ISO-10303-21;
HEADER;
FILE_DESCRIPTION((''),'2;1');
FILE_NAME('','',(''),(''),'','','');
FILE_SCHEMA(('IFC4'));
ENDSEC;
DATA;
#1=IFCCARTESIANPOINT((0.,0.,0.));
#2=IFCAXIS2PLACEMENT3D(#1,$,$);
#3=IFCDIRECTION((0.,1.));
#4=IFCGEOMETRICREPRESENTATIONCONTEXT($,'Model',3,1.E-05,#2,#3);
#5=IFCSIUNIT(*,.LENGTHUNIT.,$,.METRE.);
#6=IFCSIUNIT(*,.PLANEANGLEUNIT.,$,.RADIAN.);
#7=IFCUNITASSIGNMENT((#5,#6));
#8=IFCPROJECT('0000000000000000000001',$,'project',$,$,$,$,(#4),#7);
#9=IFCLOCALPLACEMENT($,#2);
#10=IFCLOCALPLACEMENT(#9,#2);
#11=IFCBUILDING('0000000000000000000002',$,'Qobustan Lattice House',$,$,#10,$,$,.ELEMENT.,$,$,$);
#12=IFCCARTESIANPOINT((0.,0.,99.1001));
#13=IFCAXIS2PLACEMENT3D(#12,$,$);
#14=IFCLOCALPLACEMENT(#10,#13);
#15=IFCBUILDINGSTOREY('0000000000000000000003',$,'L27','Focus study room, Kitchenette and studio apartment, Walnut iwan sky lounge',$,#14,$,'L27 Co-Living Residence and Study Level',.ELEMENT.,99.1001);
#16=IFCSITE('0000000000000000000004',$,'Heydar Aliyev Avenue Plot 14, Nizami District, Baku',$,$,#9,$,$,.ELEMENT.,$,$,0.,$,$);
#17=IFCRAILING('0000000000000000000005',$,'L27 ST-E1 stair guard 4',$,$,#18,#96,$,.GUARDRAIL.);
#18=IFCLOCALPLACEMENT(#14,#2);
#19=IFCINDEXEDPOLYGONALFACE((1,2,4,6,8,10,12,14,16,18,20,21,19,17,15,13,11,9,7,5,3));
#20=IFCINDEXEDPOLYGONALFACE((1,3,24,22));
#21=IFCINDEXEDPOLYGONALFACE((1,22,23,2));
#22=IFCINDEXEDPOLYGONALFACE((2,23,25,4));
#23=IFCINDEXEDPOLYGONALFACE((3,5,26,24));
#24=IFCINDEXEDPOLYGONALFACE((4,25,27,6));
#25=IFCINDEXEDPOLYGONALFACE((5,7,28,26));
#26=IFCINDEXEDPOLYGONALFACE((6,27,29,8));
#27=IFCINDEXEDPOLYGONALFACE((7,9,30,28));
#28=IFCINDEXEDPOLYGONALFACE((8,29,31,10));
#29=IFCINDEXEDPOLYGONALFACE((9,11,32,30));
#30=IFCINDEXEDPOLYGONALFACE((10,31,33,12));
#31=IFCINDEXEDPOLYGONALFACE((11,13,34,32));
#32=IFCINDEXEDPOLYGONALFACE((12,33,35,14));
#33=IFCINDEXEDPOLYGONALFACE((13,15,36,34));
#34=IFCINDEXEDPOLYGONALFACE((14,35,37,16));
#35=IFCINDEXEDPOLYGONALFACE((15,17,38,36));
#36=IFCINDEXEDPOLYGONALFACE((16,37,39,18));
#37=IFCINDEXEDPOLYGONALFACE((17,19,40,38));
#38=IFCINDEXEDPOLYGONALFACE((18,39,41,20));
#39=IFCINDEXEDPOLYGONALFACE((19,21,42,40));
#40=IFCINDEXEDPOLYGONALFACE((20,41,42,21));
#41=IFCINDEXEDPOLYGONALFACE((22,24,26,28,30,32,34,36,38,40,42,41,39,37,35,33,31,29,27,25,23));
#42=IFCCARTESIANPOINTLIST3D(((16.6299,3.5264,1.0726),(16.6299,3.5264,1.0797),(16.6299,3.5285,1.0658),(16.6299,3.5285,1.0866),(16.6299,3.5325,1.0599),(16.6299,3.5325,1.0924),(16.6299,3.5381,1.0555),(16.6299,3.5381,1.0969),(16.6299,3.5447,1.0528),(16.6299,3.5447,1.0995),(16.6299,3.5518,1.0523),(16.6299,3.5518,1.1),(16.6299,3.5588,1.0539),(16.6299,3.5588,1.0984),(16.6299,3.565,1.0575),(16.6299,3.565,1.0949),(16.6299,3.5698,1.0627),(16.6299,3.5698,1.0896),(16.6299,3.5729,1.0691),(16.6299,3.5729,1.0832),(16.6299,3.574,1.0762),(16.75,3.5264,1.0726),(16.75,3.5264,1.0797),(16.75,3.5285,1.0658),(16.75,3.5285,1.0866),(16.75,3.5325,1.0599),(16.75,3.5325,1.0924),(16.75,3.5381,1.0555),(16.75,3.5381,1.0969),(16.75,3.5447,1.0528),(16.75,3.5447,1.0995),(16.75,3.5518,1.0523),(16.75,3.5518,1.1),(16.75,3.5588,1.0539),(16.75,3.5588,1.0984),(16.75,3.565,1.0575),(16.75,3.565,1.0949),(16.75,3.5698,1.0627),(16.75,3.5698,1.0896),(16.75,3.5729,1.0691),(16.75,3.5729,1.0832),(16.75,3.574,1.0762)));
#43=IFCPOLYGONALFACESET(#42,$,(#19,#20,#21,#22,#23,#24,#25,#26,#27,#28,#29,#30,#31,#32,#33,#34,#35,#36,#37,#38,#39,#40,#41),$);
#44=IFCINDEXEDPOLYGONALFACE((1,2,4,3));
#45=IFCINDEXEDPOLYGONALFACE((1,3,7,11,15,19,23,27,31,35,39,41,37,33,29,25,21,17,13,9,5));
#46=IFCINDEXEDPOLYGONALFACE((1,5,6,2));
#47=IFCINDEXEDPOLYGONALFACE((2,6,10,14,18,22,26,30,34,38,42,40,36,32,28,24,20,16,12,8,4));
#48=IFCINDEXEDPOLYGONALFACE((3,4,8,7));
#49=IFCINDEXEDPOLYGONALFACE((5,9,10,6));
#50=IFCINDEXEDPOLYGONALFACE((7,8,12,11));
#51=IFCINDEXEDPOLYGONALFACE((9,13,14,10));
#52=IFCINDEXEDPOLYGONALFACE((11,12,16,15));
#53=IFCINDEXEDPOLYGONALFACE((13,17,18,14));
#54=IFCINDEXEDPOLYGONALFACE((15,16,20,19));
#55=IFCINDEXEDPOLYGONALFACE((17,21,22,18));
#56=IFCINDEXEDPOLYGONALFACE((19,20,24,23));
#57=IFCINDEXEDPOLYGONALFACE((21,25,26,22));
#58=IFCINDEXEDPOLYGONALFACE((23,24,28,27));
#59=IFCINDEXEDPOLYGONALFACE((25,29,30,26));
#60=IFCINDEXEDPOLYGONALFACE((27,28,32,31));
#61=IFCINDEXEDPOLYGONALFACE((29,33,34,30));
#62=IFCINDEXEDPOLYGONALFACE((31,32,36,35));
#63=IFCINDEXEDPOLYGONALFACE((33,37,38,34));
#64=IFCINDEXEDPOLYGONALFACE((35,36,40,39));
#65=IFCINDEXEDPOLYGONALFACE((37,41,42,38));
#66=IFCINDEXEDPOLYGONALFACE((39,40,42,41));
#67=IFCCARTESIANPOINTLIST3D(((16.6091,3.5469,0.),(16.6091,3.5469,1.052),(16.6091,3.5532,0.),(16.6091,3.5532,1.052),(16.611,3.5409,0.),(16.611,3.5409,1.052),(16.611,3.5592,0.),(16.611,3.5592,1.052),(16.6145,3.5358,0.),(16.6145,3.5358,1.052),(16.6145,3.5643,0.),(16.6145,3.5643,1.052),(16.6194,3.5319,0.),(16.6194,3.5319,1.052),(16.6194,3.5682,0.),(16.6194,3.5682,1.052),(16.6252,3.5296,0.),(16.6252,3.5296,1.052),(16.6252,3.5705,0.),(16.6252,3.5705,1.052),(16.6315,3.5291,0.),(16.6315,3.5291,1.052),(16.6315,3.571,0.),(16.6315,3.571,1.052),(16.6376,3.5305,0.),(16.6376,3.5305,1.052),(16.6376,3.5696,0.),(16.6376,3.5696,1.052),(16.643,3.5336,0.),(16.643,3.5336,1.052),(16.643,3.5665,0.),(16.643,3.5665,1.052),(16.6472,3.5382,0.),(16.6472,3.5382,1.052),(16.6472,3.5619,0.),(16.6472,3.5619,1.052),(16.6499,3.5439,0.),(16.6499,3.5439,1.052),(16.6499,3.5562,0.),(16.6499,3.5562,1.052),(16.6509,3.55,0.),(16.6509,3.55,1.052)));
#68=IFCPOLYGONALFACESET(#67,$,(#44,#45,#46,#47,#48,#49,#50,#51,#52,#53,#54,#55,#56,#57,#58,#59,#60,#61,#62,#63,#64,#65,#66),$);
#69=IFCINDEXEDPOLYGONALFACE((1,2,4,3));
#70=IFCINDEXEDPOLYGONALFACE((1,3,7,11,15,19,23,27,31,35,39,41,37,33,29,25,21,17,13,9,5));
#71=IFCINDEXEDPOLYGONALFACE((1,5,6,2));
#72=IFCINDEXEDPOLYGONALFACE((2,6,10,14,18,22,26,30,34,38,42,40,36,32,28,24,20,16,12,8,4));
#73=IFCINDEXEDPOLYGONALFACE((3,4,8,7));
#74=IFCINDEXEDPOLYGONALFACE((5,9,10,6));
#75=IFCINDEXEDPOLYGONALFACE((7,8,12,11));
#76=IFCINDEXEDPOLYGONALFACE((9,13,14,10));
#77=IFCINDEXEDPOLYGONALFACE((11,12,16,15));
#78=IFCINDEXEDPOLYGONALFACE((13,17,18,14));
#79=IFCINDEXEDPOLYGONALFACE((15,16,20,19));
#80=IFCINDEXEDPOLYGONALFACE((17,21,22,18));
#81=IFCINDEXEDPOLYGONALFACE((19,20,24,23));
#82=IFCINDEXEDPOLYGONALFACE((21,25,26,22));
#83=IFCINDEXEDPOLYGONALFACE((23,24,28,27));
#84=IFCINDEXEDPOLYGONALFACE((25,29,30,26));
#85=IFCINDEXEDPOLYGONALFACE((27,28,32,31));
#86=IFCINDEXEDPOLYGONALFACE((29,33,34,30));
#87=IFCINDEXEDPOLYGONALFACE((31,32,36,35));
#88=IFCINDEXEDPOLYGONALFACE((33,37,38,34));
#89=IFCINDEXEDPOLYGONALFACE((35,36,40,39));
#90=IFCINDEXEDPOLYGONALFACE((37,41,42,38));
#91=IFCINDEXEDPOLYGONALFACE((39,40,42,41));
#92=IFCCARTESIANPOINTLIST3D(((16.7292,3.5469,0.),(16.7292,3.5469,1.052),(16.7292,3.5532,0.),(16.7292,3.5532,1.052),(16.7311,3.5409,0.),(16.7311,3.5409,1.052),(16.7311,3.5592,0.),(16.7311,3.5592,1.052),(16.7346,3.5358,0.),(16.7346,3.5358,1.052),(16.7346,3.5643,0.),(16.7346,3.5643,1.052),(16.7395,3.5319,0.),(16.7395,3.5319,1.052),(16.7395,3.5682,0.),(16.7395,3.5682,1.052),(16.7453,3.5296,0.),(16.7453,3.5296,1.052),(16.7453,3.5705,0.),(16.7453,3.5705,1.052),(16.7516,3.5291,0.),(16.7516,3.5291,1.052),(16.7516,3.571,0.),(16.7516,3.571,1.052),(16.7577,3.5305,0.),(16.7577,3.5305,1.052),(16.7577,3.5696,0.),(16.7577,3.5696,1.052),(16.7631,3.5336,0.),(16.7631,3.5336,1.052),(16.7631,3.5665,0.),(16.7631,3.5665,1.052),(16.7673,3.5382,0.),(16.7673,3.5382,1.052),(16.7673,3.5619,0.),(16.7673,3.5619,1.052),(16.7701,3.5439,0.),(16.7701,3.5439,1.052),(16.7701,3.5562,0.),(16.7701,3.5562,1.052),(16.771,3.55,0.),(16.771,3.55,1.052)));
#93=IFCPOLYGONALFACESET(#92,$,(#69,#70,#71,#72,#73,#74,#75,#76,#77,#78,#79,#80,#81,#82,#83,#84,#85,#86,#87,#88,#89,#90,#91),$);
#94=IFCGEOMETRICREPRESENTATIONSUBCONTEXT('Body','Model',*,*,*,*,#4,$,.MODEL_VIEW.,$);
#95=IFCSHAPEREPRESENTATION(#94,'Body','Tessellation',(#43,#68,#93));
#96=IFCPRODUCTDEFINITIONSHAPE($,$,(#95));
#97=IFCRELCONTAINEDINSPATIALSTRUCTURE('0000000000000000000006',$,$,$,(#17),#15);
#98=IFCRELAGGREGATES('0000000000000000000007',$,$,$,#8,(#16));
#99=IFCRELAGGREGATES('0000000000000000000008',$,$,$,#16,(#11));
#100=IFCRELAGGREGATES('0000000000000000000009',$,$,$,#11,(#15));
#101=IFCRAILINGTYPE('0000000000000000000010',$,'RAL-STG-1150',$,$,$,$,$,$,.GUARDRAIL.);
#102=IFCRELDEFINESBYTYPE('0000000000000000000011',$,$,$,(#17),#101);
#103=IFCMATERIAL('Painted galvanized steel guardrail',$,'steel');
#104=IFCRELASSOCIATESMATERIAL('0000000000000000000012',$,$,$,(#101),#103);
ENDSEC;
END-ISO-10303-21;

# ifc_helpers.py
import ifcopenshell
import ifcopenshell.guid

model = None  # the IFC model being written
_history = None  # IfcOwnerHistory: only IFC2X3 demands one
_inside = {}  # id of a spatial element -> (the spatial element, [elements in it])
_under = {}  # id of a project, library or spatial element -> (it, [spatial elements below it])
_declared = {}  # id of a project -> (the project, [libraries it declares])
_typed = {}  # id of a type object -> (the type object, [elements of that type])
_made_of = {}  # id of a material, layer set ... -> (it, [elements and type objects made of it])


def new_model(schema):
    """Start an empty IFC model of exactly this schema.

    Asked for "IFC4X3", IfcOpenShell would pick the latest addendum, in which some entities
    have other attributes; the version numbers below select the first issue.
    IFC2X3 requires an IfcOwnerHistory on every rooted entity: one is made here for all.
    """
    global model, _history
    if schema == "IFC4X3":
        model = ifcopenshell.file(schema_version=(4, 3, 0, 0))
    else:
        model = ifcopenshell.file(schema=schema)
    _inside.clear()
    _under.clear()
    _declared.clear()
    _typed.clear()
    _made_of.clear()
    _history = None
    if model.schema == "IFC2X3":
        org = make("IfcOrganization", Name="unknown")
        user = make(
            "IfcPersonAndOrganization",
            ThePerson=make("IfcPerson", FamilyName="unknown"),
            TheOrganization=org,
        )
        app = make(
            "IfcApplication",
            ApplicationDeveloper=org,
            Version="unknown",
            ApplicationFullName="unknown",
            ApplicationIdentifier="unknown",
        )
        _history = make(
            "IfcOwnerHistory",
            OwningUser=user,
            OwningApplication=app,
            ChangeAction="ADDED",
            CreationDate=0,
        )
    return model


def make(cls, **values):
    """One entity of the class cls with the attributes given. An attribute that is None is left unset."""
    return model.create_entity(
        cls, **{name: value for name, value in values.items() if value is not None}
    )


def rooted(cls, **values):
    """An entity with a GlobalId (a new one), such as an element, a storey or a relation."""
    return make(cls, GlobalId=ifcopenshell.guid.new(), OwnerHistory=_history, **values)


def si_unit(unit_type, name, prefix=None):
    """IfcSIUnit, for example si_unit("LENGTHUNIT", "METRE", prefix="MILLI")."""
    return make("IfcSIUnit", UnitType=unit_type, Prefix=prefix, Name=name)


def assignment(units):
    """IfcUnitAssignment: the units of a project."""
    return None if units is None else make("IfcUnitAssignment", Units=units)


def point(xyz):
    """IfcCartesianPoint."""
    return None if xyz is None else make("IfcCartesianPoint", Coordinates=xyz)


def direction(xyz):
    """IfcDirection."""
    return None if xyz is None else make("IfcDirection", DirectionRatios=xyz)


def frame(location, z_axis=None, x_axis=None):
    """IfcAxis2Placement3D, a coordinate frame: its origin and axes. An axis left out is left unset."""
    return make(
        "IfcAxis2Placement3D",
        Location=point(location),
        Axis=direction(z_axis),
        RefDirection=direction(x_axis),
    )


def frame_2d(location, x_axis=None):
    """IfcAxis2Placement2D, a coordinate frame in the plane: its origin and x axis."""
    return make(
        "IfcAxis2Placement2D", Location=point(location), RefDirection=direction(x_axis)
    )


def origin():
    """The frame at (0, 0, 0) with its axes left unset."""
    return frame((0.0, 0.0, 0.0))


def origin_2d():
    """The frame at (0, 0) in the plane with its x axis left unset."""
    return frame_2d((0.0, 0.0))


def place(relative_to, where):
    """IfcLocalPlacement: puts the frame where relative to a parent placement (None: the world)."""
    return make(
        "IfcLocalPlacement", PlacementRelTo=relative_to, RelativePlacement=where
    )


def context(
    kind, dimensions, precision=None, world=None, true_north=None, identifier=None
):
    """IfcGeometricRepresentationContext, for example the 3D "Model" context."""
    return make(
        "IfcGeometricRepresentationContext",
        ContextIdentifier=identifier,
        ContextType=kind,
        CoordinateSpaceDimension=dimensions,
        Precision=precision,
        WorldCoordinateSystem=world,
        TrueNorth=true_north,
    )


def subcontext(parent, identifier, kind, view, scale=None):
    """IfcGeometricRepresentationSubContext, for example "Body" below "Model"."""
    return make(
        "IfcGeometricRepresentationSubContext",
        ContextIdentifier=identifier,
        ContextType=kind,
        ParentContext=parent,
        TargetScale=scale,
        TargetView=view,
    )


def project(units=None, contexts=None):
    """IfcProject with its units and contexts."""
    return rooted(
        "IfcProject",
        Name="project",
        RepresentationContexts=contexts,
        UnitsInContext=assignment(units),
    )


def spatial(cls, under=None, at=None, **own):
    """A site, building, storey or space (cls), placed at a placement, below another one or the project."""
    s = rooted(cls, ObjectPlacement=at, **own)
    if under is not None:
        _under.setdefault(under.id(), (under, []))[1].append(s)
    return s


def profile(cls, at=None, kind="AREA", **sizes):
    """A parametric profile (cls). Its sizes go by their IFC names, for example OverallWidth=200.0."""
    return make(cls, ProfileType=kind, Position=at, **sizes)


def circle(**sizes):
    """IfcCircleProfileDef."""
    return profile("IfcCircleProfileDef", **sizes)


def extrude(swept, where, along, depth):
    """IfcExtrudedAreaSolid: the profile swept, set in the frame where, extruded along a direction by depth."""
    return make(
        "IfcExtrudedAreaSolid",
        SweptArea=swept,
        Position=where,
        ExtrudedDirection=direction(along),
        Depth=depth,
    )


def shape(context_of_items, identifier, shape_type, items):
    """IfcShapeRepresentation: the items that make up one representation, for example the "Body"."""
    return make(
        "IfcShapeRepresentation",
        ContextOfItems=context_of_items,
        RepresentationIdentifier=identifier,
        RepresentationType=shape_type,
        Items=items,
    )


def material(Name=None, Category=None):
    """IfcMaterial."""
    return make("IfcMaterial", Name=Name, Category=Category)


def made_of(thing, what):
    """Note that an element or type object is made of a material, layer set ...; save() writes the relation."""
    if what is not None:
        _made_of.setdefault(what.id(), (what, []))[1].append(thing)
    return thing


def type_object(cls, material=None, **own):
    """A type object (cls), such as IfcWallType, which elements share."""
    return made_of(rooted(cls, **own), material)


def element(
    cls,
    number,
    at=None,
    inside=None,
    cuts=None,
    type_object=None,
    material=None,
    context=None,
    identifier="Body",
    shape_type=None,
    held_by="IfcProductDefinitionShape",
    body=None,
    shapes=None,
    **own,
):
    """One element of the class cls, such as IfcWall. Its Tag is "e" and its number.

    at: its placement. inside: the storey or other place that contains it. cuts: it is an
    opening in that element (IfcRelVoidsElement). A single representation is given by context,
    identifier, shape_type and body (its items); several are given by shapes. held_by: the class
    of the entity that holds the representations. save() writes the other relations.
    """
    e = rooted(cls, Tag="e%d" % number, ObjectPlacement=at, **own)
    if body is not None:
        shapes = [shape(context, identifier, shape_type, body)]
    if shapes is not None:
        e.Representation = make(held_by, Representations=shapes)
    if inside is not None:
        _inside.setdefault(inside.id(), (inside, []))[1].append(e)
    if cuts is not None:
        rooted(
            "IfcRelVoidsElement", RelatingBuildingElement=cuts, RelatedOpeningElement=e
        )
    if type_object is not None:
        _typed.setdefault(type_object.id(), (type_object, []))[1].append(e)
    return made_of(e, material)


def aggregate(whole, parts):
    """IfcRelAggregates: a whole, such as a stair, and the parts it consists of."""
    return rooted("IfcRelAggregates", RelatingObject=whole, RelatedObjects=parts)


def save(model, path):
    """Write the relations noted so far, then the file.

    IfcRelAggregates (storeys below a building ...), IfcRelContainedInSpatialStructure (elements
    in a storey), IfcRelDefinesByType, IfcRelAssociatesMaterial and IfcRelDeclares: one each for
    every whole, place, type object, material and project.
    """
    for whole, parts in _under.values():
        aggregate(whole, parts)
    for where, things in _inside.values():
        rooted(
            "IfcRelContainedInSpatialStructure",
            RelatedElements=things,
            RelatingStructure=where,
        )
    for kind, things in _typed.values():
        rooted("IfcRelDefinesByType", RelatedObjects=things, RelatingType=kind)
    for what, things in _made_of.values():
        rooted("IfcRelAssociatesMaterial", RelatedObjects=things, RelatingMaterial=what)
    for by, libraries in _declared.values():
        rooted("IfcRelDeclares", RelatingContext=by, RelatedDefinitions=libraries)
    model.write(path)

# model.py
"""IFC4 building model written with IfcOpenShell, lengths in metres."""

from ifc_helpers import new_model, si_unit, direction, frame, origin, origin_2d, place, context, subcontext, project, spatial, circle, extrude, material, type_object, element, save


model = new_model("IFC4")

# Units and contexts
model_context = context("Model", 3, precision=1e-05, world=origin(), true_north=direction((0.0, 1.0)))
body_context = subcontext(model_context, "Body", "Model", "MODEL_VIEW")
ifc_project = project(units=[si_unit("LENGTHUNIT", "METRE"), si_unit("PLANEANGLEUNIT", "RADIAN")], contexts=[model_context])

# Site, building, storey
site_placement = place(None, origin())
site = spatial("IfcSite", under=ifc_project, at=site_placement, Name="Heydar Aliyev Avenue Plot 14, Nizami District, Baku", CompositionType="ELEMENT", RefElevation=0.0)
building_placement = place(site_placement, origin())
building = spatial("IfcBuilding", under=site, at=building_placement, Name="Qobustan Lattice House", CompositionType="ELEMENT")
storey_placement = place(building_placement, frame((0.0, 0.0, 99.1001)))
storey = spatial("IfcBuildingStorey", under=building, at=storey_placement, Name="L27", Description="Focus study room, Kitchenette and studio apartment, Walnut iwan sky lounge", LongName="L27 Co-Living Residence and Study Level", CompositionType="ELEMENT", Elevation=99.1001)

# Railing
ifc_material_1 = material(Name="Painted galvanized steel guardrail", Category="steel")
railing_type_1 = type_object("IfcRailingType", Name="RAL-STG-1150", PredefinedType="GUARDRAIL", material=ifc_material_1)
railing_1_placement = place(storey_placement, frame((16.6299, 3.55, 0.0)))
element("IfcRailing", 1, at=railing_1_placement, inside=storey, type_object=railing_type_1, Name="L27 ST-E1 stair guard 4", PredefinedType="GUARDRAIL", context=body_context, shape_type="SweptSolid", body=[
    extrude(circle(Radius=0.0239, at=origin_2d()), frame((0.0, 0.0, 1.0762), z_axis=(1.0, 0.0, 0.0), x_axis=(0.0, 1.0, 0.0)), (0.0, 0.0, 1.0), 0.1201),
    extrude(circle(Radius=0.021, at=origin_2d()), origin(), (0.0, 0.0, 1.0), 1.052),
    extrude(circle(Radius=0.021, at=origin_2d()), frame((0.1201, 0.0, 0.0)), (0.0, 0.0, 1.0), 1.052),
])

save(model, "model.ifc")
